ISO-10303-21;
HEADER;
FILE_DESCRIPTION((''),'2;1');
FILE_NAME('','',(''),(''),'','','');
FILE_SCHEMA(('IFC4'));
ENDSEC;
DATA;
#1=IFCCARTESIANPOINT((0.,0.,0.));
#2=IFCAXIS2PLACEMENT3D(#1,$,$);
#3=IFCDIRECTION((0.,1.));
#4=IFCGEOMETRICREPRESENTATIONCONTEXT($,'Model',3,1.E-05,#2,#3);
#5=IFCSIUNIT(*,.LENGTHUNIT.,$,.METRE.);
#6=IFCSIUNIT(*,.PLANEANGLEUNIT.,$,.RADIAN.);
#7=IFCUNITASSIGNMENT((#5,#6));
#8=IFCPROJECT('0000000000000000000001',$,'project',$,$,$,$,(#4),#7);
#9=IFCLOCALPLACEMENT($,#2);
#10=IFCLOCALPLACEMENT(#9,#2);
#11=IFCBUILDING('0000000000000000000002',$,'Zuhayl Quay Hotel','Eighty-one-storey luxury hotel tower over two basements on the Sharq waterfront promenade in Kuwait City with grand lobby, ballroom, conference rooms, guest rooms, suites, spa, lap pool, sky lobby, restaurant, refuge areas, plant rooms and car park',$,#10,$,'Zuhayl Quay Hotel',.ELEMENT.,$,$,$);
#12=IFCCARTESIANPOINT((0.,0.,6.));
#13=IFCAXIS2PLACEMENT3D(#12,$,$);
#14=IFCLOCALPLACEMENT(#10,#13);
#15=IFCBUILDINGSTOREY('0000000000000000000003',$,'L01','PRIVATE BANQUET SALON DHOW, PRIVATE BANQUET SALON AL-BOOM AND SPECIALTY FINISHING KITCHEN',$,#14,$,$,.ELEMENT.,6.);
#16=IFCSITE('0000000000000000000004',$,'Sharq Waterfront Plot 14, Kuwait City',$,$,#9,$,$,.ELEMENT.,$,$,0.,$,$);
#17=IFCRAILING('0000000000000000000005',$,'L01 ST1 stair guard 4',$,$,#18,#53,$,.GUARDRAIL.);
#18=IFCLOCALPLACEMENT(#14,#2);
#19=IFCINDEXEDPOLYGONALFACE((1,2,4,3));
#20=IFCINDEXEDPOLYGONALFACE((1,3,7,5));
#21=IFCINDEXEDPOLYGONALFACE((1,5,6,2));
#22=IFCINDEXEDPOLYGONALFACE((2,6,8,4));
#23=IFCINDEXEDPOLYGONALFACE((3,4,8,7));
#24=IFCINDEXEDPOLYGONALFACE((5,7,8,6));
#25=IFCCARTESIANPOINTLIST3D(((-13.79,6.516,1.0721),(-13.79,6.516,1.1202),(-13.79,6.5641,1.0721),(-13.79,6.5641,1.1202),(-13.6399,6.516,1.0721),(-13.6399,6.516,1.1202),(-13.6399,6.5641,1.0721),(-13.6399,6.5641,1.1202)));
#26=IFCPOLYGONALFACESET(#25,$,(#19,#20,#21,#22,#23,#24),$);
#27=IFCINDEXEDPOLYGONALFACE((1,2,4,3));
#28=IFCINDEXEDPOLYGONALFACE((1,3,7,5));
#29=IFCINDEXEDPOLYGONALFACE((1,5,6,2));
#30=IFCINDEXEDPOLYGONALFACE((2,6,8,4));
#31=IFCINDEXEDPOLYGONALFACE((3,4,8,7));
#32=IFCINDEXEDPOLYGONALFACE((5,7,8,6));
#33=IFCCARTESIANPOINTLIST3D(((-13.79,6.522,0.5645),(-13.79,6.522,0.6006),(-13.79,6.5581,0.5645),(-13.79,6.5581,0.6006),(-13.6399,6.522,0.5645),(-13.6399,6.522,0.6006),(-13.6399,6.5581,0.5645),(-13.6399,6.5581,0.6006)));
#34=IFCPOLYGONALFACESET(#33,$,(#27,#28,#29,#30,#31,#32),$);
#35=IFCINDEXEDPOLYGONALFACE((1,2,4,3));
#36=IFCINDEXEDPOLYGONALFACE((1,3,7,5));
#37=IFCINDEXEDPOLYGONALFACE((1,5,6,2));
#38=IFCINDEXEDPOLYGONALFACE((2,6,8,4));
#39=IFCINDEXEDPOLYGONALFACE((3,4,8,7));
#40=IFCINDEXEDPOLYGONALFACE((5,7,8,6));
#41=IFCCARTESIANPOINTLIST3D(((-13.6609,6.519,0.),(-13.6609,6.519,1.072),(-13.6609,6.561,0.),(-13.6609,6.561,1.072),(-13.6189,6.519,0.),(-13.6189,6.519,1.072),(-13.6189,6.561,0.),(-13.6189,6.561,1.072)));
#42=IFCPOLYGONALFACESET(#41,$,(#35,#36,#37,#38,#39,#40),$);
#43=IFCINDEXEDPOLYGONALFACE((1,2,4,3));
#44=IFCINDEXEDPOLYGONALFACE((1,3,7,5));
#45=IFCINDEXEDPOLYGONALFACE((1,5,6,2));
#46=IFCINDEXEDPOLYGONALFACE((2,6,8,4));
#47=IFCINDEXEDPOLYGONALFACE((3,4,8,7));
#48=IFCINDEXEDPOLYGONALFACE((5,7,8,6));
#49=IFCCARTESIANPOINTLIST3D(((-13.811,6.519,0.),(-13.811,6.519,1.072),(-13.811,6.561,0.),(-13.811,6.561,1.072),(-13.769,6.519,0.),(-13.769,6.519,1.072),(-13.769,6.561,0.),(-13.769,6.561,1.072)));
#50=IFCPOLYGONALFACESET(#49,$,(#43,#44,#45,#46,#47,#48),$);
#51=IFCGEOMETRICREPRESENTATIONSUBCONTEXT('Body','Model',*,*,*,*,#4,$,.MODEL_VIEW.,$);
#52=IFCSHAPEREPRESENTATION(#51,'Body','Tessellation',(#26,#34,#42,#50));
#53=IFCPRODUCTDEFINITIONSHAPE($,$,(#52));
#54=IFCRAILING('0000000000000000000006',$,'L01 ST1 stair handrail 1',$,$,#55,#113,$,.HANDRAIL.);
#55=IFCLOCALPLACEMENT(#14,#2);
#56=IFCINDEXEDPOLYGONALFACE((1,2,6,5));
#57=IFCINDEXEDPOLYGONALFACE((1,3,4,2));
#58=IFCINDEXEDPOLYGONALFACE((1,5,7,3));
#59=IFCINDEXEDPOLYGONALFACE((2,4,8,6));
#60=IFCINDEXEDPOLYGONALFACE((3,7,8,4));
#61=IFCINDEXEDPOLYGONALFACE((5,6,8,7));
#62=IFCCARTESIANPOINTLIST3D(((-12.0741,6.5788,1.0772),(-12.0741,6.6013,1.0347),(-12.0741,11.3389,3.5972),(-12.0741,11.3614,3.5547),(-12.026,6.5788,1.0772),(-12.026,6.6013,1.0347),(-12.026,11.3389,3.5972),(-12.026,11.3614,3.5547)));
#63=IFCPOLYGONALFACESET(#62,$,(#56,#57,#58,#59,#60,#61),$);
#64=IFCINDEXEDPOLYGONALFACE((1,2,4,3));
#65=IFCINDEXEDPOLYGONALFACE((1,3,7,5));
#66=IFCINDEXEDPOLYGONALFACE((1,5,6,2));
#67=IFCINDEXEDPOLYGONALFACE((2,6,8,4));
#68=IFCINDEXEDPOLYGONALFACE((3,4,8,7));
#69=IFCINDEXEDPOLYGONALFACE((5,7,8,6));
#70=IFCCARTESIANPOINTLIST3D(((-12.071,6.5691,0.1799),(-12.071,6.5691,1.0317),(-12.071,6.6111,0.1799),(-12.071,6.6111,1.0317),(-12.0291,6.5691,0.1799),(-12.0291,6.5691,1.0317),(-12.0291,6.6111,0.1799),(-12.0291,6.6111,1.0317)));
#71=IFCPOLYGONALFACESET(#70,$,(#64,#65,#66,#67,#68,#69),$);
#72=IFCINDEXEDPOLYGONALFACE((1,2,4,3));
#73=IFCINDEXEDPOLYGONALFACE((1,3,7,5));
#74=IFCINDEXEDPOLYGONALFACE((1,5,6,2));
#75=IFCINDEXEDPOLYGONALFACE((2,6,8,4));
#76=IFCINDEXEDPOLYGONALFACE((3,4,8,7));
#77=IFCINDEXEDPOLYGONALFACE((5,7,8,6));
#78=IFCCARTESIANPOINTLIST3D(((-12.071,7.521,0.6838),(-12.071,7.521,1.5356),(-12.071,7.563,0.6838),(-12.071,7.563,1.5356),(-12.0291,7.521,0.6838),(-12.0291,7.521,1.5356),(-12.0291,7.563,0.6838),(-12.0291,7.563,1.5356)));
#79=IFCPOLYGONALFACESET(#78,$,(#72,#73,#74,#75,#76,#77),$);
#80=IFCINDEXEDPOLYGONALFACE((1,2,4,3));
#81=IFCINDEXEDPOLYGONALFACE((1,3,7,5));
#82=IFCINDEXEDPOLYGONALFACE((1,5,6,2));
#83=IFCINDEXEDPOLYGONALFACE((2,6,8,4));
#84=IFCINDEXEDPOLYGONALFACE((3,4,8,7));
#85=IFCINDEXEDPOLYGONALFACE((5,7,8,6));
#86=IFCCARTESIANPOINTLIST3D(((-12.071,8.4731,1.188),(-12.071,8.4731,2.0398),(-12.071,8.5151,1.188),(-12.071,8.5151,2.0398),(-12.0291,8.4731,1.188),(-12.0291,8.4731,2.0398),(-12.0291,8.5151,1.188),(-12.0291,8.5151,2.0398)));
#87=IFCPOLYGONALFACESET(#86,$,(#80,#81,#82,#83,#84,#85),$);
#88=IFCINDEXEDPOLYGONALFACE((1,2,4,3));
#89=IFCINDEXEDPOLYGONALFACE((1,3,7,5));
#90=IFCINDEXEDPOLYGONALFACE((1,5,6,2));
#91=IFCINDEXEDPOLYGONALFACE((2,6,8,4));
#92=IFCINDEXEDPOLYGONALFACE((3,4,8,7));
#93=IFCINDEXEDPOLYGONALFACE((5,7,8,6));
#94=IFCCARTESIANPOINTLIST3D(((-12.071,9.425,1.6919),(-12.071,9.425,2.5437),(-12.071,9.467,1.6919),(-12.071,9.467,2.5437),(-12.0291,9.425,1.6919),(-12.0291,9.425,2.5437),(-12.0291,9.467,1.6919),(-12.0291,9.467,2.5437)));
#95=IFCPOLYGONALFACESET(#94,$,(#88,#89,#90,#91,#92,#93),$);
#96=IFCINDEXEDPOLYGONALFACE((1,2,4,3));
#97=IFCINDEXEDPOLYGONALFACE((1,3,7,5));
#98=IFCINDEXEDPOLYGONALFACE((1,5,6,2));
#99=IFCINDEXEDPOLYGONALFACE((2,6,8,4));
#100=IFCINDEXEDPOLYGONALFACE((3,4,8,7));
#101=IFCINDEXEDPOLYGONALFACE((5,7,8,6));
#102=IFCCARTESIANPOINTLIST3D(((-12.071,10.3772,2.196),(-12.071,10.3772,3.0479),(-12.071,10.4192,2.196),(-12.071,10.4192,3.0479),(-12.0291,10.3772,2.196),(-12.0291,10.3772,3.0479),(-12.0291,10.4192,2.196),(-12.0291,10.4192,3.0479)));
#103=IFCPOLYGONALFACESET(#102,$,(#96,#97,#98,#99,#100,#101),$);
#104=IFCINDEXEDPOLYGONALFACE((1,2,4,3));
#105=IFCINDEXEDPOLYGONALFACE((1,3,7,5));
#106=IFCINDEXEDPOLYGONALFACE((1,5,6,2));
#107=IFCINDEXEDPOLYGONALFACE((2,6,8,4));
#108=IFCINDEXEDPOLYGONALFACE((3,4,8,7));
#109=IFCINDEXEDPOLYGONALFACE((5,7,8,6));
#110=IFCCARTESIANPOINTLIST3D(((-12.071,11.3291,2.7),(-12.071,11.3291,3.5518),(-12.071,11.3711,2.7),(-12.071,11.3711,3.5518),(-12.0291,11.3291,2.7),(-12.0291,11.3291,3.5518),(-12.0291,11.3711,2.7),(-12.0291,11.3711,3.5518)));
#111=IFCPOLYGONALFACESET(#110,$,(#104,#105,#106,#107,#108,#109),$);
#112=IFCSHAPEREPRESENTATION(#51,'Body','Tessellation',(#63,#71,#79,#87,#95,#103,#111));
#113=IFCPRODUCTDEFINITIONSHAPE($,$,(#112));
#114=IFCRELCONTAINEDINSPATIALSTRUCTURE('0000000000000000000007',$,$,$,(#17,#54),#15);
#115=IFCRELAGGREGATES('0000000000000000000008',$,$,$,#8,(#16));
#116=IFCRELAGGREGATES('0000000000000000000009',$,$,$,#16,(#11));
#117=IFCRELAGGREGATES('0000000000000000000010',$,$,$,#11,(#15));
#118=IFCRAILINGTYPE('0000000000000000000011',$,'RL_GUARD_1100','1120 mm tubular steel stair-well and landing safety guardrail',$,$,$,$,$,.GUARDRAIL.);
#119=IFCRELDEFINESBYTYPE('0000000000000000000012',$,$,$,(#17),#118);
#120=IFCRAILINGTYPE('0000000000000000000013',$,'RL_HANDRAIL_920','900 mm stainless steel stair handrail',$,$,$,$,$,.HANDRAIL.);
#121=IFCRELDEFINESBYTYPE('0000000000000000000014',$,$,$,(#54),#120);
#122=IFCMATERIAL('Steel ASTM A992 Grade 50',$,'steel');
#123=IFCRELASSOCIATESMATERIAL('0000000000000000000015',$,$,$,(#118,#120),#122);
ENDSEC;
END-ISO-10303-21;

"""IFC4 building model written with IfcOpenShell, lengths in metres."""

from ifc_helpers import new_model, si_unit, direction, frame, origin, origin_2d, place, context, subcontext, project, spatial, rectangle, extrude, material, type_object, element, save


model = new_model("IFC4")

# Units and contexts
model_context = context("Model", 3, precision=1e-05, world=origin(), true_north=direction((0.0, 1.0)))
body_context = subcontext(model_context, "Body", "Model", "MODEL_VIEW")
ifc_project = project(units=[si_unit("LENGTHUNIT", "METRE"), si_unit("PLANEANGLEUNIT", "RADIAN")], contexts=[model_context])

# Site, building, storey
site_placement = place(None, origin())
site = spatial("IfcSite", under=ifc_project, at=site_placement, Name="Sharq Waterfront Plot 14, Kuwait City", CompositionType="ELEMENT", RefElevation=0.0)
building_placement = place(site_placement, origin())
building = spatial("IfcBuilding", under=site, at=building_placement, Name="Zuhayl Quay Hotel", Description="Eighty-one-storey luxury hotel tower over two basements on the Sharq waterfront promenade in Kuwait City with grand lobby, ballroom, conference rooms, guest rooms, suites, spa, lap pool, sky lobby, restaurant, refuge areas, plant rooms and car park", LongName="Zuhayl Quay Hotel", CompositionType="ELEMENT")
storey_placement = place(building_placement, frame((0.0, 0.0, 6.0)))
storey = spatial("IfcBuildingStorey", under=building, at=storey_placement, Name="L01", Description="PRIVATE BANQUET SALON DHOW, PRIVATE BANQUET SALON AL-BOOM AND SPECIALTY FINISHING KITCHEN", CompositionType="ELEMENT", Elevation=6.0)

# Shared definitions
ifc_material_1 = material(Name="Steel ASTM A992 Grade 50", Category="steel")

# Railings
railing_type_1 = type_object("IfcRailingType", Name="RL_GUARD_1100", Description="1120 mm tubular steel stair-well and landing safety guardrail", PredefinedType="GUARDRAIL", material=ifc_material_1)
for number, where, name in (
    (1, (-13.6399, 6.54, 0.0), "L01 ST1 stair guard 4"),
):
    element("IfcRailing", number, at=place(storey_placement, frame(where)), inside=storey, type_object=railing_type_1, Name=name, PredefinedType="GUARDRAIL", context=body_context, shape_type="SweptSolid", body=[
        extrude(rectangle(XDim=0.0481, YDim=0.0481, at=origin_2d()), frame((0.0, 0.0, 1.0962), z_axis=(-1.0, 0.0, 0.0), x_axis=(0.0, -1.0, 0.0)), (0.0, 0.0, 1.0), 0.1501),
        extrude(rectangle(XDim=0.0361, YDim=0.0361, at=origin_2d()), frame((0.0, 0.0, 0.5825), z_axis=(-1.0, 0.0, 0.0), x_axis=(0.0, -1.0, 0.0)), (0.0, 0.0, 1.0), 0.1501),
        extrude(rectangle(XDim=0.042, YDim=0.042, at=origin_2d()), origin(), (0.0, 0.0, 1.0), 1.072),
        extrude(rectangle(XDim=0.042, YDim=0.042, at=origin_2d()), frame((-0.1501, 0.0, 0.0)), (0.0, 0.0, 1.0), 1.072),
    ])
railing_type_2 = type_object("IfcRailingType", Name="RL_HANDRAIL_920", Description="900 mm stainless steel stair handrail", PredefinedType="HANDRAIL", material=ifc_material_1)
railing_1_placement = place(storey_placement, frame((-12.05, 6.5901, 0.1799)))
element("IfcRailing", 2, at=railing_1_placement, inside=storey, type_object=railing_type_2, Name="L01 ST1 stair handrail 1", PredefinedType="HANDRAIL", context=body_context, shape_type="SweptSolid", body=[
    extrude(rectangle(XDim=0.0481, YDim=0.0481, at=origin_2d()), frame((0.0, 0.0, 0.876), z_axis=(0.0, 0.883787, 0.46789), x_axis=(-1.0, 0.0, 0.0)), (0.0, 0.0, 1.0), 5.386),
    extrude(rectangle(XDim=0.042, YDim=0.042, at=origin_2d()), origin(), (0.0, 0.0, 1.0), 0.8518),
    extrude(rectangle(XDim=0.042, YDim=0.042, at=origin_2d()), frame((0.0, 0.9519, 0.5039)), (0.0, 0.0, 1.0), 0.8518),
    extrude(rectangle(XDim=0.042, YDim=0.042, at=origin_2d()), frame((0.0, 1.9041, 1.0081)), (0.0, 0.0, 1.0), 0.8518),
    extrude(rectangle(XDim=0.042, YDim=0.042, at=origin_2d()), frame((0.0, 2.856, 1.512)), (0.0, 0.0, 1.0), 0.8518),
    extrude(rectangle(XDim=0.042, YDim=0.042, at=origin_2d()), frame((0.0, 3.8081, 2.0161)), (0.0, 0.0, 1.0), 0.8518),
    extrude(rectangle(XDim=0.042, YDim=0.042, at=origin_2d()), frame((0.0, 4.76, 2.52)), (0.0, 0.0, 1.0), 0.8518),
])

save(model, "model.ifc")
